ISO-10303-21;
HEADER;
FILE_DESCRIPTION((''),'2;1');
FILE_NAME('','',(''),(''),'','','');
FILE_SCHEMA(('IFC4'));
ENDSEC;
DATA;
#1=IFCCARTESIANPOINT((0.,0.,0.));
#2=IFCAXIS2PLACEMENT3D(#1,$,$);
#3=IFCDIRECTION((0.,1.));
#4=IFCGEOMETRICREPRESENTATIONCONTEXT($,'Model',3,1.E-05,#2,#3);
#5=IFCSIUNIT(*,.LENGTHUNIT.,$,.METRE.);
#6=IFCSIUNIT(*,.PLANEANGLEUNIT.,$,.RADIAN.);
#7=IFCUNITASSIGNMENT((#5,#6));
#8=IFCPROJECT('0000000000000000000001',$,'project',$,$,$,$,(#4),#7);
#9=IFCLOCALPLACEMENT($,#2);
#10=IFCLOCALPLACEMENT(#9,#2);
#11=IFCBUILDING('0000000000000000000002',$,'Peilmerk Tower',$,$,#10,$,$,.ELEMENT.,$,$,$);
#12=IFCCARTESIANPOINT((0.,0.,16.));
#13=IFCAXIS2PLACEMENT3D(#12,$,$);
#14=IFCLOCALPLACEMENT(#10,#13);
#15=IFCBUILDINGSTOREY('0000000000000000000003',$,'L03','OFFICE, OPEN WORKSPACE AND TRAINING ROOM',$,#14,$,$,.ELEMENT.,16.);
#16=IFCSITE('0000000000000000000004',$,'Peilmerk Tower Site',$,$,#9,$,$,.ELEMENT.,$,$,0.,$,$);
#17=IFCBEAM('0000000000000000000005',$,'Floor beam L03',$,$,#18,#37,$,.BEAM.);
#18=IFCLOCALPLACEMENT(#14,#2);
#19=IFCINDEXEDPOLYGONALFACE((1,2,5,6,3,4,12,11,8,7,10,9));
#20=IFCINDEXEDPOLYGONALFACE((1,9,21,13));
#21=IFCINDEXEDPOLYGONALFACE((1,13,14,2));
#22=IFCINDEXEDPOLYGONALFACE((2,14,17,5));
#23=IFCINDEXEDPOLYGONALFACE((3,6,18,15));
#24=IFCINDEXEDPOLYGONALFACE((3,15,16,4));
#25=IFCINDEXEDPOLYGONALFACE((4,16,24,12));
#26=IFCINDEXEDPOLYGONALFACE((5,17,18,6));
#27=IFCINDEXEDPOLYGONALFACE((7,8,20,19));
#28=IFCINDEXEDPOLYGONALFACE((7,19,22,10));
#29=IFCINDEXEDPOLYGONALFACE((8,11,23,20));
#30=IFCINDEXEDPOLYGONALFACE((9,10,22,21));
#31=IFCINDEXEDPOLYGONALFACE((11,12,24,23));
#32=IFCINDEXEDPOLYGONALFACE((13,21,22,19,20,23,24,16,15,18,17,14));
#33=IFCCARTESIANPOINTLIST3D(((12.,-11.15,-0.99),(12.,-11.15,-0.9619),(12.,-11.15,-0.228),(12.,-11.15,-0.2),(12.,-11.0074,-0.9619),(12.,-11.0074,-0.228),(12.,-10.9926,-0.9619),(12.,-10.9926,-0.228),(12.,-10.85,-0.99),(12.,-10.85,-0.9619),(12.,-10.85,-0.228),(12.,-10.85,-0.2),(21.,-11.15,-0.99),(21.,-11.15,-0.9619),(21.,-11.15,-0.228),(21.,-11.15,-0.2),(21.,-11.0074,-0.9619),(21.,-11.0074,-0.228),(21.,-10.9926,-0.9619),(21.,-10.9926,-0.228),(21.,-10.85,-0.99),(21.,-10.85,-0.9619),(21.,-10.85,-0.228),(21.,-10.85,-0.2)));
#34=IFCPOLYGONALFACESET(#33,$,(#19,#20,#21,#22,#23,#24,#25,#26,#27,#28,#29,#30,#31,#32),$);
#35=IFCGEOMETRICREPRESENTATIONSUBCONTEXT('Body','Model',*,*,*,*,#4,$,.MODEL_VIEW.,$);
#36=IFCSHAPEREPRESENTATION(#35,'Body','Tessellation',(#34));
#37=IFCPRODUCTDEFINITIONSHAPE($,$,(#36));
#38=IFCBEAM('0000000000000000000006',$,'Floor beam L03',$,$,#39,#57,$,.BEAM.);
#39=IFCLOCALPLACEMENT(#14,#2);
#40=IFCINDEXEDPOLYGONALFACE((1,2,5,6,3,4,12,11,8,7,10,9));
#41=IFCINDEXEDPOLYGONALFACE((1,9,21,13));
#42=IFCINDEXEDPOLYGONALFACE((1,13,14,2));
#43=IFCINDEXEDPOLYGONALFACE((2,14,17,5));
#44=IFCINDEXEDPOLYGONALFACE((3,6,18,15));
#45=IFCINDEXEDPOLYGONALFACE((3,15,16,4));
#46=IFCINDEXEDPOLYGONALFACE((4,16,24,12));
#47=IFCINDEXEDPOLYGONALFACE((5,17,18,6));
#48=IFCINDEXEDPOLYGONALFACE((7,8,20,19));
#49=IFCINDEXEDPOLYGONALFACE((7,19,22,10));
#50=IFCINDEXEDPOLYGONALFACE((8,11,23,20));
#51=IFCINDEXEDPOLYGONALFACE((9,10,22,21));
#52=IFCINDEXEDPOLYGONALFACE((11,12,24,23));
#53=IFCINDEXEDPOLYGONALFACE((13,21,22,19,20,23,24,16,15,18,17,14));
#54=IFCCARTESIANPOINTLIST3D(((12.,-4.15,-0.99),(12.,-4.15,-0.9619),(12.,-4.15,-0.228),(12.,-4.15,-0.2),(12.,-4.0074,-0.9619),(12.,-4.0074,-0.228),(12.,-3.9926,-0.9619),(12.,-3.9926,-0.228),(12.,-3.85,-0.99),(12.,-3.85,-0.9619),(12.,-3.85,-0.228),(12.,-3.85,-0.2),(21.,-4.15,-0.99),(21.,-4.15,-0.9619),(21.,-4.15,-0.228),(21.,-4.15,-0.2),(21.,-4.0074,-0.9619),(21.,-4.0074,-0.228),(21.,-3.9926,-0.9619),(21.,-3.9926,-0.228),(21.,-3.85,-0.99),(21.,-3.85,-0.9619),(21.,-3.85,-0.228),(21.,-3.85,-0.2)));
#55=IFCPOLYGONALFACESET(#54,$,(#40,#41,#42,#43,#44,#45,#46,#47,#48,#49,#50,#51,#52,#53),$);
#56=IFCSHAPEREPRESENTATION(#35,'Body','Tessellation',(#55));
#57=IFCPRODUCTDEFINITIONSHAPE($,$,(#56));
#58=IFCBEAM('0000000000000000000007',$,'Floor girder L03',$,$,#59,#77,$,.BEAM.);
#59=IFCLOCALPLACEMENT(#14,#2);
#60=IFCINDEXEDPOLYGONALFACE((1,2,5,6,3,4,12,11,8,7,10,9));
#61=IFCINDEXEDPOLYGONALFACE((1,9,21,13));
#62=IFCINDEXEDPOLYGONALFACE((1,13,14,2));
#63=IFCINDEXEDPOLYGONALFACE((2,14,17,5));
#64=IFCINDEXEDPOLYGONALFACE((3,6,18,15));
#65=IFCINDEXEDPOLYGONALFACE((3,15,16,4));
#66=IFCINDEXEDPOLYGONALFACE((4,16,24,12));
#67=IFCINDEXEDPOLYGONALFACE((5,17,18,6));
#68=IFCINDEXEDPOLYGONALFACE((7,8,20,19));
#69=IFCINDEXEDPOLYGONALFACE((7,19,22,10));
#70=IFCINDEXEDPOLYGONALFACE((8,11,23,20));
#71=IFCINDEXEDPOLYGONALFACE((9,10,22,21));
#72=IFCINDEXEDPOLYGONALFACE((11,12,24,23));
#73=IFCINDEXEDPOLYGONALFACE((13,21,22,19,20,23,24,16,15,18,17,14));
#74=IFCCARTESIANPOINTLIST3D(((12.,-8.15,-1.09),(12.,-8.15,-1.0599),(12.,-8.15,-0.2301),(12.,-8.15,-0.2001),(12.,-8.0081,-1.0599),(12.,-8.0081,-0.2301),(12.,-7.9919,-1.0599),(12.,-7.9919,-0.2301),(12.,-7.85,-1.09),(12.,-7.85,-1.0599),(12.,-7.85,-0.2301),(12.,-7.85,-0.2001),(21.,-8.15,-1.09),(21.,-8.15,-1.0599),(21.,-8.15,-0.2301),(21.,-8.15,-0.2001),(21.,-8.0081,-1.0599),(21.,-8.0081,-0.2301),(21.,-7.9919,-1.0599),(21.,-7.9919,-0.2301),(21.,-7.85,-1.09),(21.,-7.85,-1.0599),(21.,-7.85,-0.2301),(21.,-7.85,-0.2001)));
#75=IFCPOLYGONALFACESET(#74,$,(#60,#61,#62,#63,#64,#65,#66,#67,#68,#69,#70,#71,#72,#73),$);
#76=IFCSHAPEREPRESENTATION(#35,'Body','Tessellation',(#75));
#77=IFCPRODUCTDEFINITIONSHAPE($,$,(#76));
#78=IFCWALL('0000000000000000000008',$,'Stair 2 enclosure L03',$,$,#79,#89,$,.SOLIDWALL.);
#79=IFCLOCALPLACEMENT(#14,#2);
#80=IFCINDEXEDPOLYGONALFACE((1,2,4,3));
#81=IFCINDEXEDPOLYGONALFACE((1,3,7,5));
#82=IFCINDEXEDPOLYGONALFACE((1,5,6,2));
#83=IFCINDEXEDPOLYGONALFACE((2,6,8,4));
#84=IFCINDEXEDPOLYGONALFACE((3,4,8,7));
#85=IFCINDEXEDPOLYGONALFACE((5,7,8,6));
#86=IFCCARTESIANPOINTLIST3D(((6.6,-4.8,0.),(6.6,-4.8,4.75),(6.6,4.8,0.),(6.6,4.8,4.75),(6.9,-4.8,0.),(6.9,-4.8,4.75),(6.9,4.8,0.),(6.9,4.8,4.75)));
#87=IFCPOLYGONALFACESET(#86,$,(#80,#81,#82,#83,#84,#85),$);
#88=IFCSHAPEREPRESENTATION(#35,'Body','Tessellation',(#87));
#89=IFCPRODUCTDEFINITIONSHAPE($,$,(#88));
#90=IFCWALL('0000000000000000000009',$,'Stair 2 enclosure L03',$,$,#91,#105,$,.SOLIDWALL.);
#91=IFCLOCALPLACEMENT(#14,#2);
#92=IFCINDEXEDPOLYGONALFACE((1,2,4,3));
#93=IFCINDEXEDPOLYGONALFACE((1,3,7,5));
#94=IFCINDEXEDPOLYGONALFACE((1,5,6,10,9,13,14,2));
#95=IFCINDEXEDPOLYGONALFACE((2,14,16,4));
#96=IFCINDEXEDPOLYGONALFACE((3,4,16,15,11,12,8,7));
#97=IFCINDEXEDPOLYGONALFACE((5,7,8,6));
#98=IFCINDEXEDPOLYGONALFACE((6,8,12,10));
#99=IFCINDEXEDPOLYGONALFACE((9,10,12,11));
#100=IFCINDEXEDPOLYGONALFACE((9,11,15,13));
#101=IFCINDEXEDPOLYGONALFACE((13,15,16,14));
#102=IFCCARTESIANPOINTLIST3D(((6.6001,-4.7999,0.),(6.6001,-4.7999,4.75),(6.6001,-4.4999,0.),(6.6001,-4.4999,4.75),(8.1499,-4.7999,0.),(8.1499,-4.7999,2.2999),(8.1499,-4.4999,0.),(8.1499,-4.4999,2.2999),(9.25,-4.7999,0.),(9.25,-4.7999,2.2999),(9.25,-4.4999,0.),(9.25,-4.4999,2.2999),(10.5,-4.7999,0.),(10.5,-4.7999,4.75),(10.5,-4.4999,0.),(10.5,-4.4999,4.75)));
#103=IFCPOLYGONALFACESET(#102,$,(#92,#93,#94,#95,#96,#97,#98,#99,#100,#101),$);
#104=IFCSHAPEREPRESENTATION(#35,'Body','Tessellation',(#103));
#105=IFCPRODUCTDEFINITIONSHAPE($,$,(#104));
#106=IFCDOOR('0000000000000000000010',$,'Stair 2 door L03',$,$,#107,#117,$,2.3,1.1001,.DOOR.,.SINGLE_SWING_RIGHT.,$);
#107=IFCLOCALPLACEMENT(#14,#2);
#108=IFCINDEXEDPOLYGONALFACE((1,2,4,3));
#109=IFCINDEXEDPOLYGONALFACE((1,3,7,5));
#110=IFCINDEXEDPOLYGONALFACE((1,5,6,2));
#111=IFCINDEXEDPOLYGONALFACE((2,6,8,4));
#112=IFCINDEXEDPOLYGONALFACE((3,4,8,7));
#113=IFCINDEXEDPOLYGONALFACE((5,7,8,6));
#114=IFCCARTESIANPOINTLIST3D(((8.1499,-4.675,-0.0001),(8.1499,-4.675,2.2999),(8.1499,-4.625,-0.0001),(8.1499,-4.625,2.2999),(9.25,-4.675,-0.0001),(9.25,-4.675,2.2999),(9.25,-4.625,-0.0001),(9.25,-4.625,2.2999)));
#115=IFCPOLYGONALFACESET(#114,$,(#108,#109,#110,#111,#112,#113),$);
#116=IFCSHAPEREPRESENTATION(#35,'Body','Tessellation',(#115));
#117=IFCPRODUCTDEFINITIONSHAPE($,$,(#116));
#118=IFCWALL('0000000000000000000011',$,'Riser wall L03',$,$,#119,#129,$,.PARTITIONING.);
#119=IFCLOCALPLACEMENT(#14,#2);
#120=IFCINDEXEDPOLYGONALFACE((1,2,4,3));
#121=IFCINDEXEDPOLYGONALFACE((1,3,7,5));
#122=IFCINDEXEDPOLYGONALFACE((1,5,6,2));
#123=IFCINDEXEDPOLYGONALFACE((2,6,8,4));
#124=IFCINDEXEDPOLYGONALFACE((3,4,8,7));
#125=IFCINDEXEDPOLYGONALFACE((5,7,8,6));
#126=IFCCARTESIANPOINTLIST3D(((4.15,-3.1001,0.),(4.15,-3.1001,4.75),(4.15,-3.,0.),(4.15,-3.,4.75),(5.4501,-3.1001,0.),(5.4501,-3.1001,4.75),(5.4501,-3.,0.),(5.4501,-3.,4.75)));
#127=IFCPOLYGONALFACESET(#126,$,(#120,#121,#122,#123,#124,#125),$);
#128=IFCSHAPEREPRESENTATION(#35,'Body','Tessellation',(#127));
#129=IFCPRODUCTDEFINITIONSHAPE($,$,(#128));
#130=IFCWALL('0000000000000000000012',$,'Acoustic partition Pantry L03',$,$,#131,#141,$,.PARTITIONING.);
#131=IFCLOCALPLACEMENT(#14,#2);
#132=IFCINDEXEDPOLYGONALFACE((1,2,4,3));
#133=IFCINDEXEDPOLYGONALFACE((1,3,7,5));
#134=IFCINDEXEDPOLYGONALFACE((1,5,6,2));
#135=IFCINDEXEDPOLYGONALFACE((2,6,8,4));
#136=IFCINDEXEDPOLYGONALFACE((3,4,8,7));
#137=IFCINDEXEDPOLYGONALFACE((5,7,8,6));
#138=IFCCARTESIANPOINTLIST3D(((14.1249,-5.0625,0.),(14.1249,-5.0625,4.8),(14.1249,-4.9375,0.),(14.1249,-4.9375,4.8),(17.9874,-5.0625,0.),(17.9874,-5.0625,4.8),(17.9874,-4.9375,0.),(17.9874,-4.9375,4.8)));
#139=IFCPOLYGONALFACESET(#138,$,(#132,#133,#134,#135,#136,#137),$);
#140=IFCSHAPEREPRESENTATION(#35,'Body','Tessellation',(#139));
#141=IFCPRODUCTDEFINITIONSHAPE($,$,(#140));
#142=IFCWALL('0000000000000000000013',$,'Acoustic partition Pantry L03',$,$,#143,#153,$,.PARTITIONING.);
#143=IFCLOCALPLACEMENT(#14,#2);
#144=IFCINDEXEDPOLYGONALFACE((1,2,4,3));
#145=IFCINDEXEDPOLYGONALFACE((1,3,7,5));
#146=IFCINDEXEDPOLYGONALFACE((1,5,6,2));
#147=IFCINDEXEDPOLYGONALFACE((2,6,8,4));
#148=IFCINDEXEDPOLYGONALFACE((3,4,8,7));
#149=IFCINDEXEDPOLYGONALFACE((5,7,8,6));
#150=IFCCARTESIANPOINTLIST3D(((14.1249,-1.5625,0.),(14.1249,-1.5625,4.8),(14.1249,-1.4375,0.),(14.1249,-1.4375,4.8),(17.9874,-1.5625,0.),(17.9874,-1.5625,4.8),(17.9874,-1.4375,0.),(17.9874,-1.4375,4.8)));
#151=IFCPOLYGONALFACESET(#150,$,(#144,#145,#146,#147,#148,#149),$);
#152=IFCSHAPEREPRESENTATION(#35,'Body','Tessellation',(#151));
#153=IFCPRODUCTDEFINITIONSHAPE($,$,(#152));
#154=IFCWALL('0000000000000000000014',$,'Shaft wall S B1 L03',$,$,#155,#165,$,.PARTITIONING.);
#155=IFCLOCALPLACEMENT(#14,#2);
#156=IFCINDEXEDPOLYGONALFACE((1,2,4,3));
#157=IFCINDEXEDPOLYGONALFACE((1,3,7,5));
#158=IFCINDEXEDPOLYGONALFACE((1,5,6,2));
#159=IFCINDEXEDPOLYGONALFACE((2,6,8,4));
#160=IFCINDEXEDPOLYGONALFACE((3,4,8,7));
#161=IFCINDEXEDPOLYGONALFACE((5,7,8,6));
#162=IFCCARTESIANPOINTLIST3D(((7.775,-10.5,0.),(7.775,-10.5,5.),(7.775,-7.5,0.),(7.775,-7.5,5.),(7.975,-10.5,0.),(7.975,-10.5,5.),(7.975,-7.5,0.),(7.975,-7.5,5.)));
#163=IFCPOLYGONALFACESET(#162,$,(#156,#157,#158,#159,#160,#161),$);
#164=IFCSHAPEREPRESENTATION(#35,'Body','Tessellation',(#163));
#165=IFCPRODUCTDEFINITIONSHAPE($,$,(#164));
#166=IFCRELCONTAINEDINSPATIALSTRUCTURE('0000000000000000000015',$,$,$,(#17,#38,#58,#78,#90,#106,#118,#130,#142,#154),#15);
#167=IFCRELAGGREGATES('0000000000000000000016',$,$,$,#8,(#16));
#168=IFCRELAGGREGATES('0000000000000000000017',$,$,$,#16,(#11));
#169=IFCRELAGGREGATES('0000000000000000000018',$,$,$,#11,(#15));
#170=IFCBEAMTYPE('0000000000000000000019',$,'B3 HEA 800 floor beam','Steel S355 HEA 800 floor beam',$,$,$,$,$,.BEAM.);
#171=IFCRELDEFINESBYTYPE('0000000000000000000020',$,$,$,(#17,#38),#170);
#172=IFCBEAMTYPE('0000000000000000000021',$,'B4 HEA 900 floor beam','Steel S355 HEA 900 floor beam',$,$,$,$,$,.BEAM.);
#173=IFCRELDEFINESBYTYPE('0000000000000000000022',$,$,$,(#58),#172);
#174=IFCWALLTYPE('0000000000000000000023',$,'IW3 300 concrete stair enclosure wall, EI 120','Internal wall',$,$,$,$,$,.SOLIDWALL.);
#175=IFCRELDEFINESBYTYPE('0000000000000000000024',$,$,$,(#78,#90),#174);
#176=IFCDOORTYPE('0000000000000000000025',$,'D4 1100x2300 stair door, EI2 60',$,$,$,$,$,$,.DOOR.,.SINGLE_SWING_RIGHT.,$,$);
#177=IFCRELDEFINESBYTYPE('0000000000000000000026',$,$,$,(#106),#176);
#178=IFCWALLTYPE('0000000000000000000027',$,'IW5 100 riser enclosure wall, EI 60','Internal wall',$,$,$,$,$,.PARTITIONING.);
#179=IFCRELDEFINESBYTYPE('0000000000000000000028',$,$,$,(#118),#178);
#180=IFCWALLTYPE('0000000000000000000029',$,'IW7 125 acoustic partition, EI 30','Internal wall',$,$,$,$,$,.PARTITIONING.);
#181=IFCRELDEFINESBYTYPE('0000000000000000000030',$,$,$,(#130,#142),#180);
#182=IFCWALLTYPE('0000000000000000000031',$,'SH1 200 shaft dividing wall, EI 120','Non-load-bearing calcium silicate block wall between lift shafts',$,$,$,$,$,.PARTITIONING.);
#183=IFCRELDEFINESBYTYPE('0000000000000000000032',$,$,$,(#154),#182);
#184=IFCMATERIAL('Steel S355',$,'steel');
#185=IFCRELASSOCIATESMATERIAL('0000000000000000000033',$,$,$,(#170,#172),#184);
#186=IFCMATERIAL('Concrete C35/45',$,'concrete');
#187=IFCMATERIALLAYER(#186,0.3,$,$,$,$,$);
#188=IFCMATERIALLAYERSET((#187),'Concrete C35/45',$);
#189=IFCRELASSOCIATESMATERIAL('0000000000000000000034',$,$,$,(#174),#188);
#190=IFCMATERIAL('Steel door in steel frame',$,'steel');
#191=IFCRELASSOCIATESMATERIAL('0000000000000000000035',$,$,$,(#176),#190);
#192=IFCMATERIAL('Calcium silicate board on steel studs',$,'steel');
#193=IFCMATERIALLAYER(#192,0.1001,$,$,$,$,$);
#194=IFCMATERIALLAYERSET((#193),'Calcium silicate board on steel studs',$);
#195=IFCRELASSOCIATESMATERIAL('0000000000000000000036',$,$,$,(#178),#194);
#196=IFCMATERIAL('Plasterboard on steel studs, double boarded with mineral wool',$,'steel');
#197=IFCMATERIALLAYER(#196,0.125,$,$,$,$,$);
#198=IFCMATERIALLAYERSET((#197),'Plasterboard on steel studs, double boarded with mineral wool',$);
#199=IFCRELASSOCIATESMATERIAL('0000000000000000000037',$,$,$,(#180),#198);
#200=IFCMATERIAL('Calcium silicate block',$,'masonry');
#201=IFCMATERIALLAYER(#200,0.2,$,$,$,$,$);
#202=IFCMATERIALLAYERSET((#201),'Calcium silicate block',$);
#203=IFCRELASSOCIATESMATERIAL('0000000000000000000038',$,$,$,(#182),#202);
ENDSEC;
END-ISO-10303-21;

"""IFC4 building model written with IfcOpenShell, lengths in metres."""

from ifc_helpers import new_model, si_unit, direction, frame, frame_2d, origin, origin_2d, place, context, subcontext, project, spatial, rectangle, i_section, extrude, material, layer, layer_set, material_profile, profile_set, type_object, element, fill, save


model = new_model("IFC4")

# Units and contexts
model_context = context("Model", 3, precision=1e-05, world=origin(), true_north=direction((0.0, 1.0)))
body_context = subcontext(model_context, "Body", "Model", "MODEL_VIEW")
ifc_project = project(units=[si_unit("LENGTHUNIT", "METRE"), si_unit("PLANEANGLEUNIT", "RADIAN")], contexts=[model_context])

# Site, building, storey
site_placement = place(None, origin())
site = spatial("IfcSite", under=ifc_project, at=site_placement, Name="Peilmerk Tower Site", CompositionType="ELEMENT", RefElevation=0.0)
building_placement = place(site_placement, origin())
building = spatial("IfcBuilding", under=site, at=building_placement, Name="Peilmerk Tower", CompositionType="ELEMENT")
storey_placement = place(building_placement, frame((0.0, 0.0, 16.0)))
storey = spatial("IfcBuildingStorey", under=building, at=storey_placement, Name="L03", Description="OFFICE, OPEN WORKSPACE AND TRAINING ROOM", CompositionType="ELEMENT", Elevation=16.0)

# Beams
ifc_material_1 = material(Name="Steel S355", Category="steel")
ifc_material_profile_1 = material_profile(ifc_material_1, i_section(OverallWidth=0.3, OverallDepth=0.79, WebThickness=0.0149, FlangeThickness=0.0281, at=origin_2d()), Name="HEA 800")
ifc_profile_set_1 = profile_set([ifc_material_profile_1], Name="Steel S355")
beam_type_1 = type_object("IfcBeamType", Name="B3 HEA 800 floor beam", Description="Steel S355 HEA 800 floor beam", PredefinedType="BEAM", material=ifc_profile_set_1)
for number, where, z_axis, x_axis, name in (
    (1, (12.0, -11.0, -0.595), (1.0, 0.0, 0.0), (0.0, 1.0, 0.0), "Floor beam L03"),
    (2, (12.0, -4.0, -0.595), (1.0, 0.0, 0.0), (0.0, 1.0, 0.0), "Floor beam L03"),
):
    element("IfcBeam", number, at=place(storey_placement, frame(where, z_axis=z_axis, x_axis=x_axis)), inside=storey, type_object=beam_type_1, Name=name, PredefinedType="BEAM", context=body_context, shape_type="SweptSolid", body=[
        extrude(i_section(OverallWidth=0.3, OverallDepth=0.79, WebThickness=0.0149, FlangeThickness=0.0281, at=origin_2d()), origin(), (0.0, 0.0, 1.0), 9.0),
    ])
ifc_material_profile_2 = material_profile(ifc_material_1, i_section(OverallWidth=0.3, OverallDepth=0.8899, WebThickness=0.0161, FlangeThickness=0.03, at=origin_2d()), Name="HEA 900")
ifc_profile_set_2 = profile_set([ifc_material_profile_2], Name="Steel S355")
beam_type_2 = type_object("IfcBeamType", Name="B4 HEA 900 floor beam", Description="Steel S355 HEA 900 floor beam", PredefinedType="BEAM", material=ifc_profile_set_2)
beam_placement = place(storey_placement, frame((12.0, -8.0, -0.645), z_axis=(1.0, 0.0, 0.0), x_axis=(0.0, 1.0, 0.0)))
element("IfcBeam", 3, at=beam_placement, inside=storey, type_object=beam_type_2, Name="Floor girder L03", PredefinedType="BEAM", context=body_context, shape_type="SweptSolid", body=[
    extrude(i_section(OverallWidth=0.3, OverallDepth=0.8899, WebThickness=0.0161, FlangeThickness=0.03, at=origin_2d()), origin(), (0.0, 0.0, 1.0), 9.0),
])

# Wall
ifc_material_2 = material(Name="Concrete C35/45", Category="concrete")
ifc_layer_1 = layer(ifc_material_2, 0.3)
ifc_layer_set_1 = layer_set([ifc_layer_1], Name="Concrete C35/45")
wall_type_1 = type_object("IfcWallType", Name="IW3 300 concrete stair enclosure wall, EI 120", Description="Internal wall", PredefinedType="SOLIDWALL", material=ifc_layer_set_1)
wall_1_placement = place(storey_placement, frame((6.75, -4.8, 0.0), z_axis=(0.0, 0.0, 1.0), x_axis=(0.0, 1.0, 0.0)))
element("IfcWall", 4, at=wall_1_placement, inside=storey, type_object=wall_type_1, Name="Stair 2 enclosure L03", PredefinedType="SOLIDWALL", context=body_context, shape_type="SweptSolid", body=[
    extrude(rectangle(XDim=9.6001, YDim=0.3, at=frame_2d((4.8, 0.0))), origin(), (0.0, 0.0, 1.0), 4.75),
])

# Wall, opening, door
wall_2_placement = place(storey_placement, frame((10.5, -4.6499, 0.0), z_axis=(0.0, 0.0, 1.0), x_axis=(-1.0, 0.0, 0.0)))
wall_2 = element("IfcWall", 5, at=wall_2_placement, inside=storey, type_object=wall_type_1, Name="Stair 2 enclosure L03", PredefinedType="SOLIDWALL", context=body_context, shape_type="SweptSolid", body=[
    extrude(rectangle(XDim=3.8999, YDim=0.3, at=frame_2d((1.95, 0.0))), origin(), (0.0, 0.0, 1.0), 4.75),
])
opening_1_placement = place(wall_2_placement, frame((1.25, 0.0, 0.0)))
opening_1 = element("IfcOpeningElement", 6, at=opening_1_placement, cuts=wall_2, PredefinedType="OPENING", context=body_context, shape_type="SweptSolid", body=[
    extrude(rectangle(XDim=1.1001, YDim=2.3, at=frame_2d((0.55, 1.1499))), frame((0.0, 0.1599, 0.0), z_axis=(0.0, -1.0, 0.0), x_axis=(1.0, 0.0, 0.0)), (0.0, 0.0, 1.0), 0.3201),
])
ifc_material_3 = material(Name="Steel door in steel frame", Category="steel")
door_type_1 = type_object("IfcDoorType", Name="D4 1100x2300 stair door, EI2 60", OperationType="SINGLE_SWING_RIGHT", PredefinedType="DOOR", material=ifc_material_3)
door_1_placement = place(opening_1_placement, frame((1.1001, 0.0, 0.0), z_axis=(0.0, 0.0, 1.0), x_axis=(-1.0, 0.0, 0.0)))
door_1 = element("IfcDoor", 7, at=door_1_placement, inside=storey, type_object=door_type_1, Name="Stair 2 door L03", OperationType="SINGLE_SWING_RIGHT", OverallHeight=2.3, OverallWidth=1.1001, PredefinedType="DOOR", context=body_context, shape_type="SweptSolid", body=[
    extrude(rectangle(XDim=1.1001, YDim=2.3, at=frame_2d((0.55, 1.1499))), frame((0.0, 0.0249, 0.0), z_axis=(0.0, -1.0, 0.0), x_axis=(1.0, 0.0, 0.0)), (0.0, 0.0, 1.0), 0.05),
])
fill(opening_1, door_1)

# Walls
ifc_material_4 = material(Name="Calcium silicate board on steel studs", Category="steel")
ifc_layer_2 = layer(ifc_material_4, 0.1001)
ifc_layer_set_2 = layer_set([ifc_layer_2], Name="Calcium silicate board on steel studs")
wall_type_2 = type_object("IfcWallType", Name="IW5 100 riser enclosure wall, EI 60", Description="Internal wall", PredefinedType="PARTITIONING", material=ifc_layer_set_2)
wall_3_placement = place(storey_placement, frame((5.45, -3.05, 0.0), z_axis=(0.0, 0.0, 1.0), x_axis=(-1.0, 0.0, 0.0)))
element("IfcWall", 8, at=wall_3_placement, inside=storey, type_object=wall_type_2, Name="Riser wall L03", PredefinedType="PARTITIONING", context=body_context, shape_type="SweptSolid", body=[
    extrude(rectangle(XDim=1.3, YDim=0.1001, at=frame_2d((0.6499, 0.0))), origin(), (0.0, 0.0, 1.0), 4.75),
])
ifc_material_5 = material(Name="Plasterboard on steel studs, double boarded with mineral wool", Category="steel")
ifc_layer_3 = layer(ifc_material_5, 0.125)
ifc_layer_set_3 = layer_set([ifc_layer_3], Name="Plasterboard on steel studs, double boarded with mineral wool")
wall_type_3 = type_object("IfcWallType", Name="IW7 125 acoustic partition, EI 30", Description="Internal wall", PredefinedType="PARTITIONING", material=ifc_layer_set_3)
for number, where, z_axis, x_axis, name in (
    (9, (14.125, -5.0, 0.0), (0.0, 0.0, 1.0), (1.0, 0.0, 0.0), "Acoustic partition Pantry L03"),
    (10, (14.125, -1.5, 0.0), (0.0, 0.0, 1.0), (1.0, 0.0, 0.0), "Acoustic partition Pantry L03"),
):
    element("IfcWall", number, at=place(storey_placement, frame(where, z_axis=z_axis, x_axis=x_axis)), inside=storey, type_object=wall_type_3, Name=name, PredefinedType="PARTITIONING", context=body_context, shape_type="SweptSolid", body=[
        extrude(rectangle(XDim=3.8625, YDim=0.125, at=frame_2d((1.9312, 0.0))), origin(), (0.0, 0.0, 1.0), 4.8),
    ])
ifc_material_6 = material(Name="Calcium silicate block", Category="masonry")
ifc_layer_4 = layer(ifc_material_6, 0.2)
ifc_layer_set_4 = layer_set([ifc_layer_4], Name="Calcium silicate block")
wall_type_4 = type_object("IfcWallType", Name="SH1 200 shaft dividing wall, EI 120", Description="Non-load-bearing calcium silicate block wall between lift shafts", PredefinedType="PARTITIONING", material=ifc_layer_set_4)
wall_4_placement = place(storey_placement, frame((7.875, -10.5, 0.0), z_axis=(0.0, 0.0, 1.0), x_axis=(0.0, 1.0, 0.0)))
element("IfcWall", 11, at=wall_4_placement, inside=storey, type_object=wall_type_4, Name="Shaft wall S B1 L03", PredefinedType="PARTITIONING", context=body_context, shape_type="SweptSolid", body=[
    extrude(rectangle(XDim=3.0, YDim=0.2, at=frame_2d((1.5, 0.0))), origin(), (0.0, 0.0, 1.0), 5.0),
])

save(model, "model.ifc")
